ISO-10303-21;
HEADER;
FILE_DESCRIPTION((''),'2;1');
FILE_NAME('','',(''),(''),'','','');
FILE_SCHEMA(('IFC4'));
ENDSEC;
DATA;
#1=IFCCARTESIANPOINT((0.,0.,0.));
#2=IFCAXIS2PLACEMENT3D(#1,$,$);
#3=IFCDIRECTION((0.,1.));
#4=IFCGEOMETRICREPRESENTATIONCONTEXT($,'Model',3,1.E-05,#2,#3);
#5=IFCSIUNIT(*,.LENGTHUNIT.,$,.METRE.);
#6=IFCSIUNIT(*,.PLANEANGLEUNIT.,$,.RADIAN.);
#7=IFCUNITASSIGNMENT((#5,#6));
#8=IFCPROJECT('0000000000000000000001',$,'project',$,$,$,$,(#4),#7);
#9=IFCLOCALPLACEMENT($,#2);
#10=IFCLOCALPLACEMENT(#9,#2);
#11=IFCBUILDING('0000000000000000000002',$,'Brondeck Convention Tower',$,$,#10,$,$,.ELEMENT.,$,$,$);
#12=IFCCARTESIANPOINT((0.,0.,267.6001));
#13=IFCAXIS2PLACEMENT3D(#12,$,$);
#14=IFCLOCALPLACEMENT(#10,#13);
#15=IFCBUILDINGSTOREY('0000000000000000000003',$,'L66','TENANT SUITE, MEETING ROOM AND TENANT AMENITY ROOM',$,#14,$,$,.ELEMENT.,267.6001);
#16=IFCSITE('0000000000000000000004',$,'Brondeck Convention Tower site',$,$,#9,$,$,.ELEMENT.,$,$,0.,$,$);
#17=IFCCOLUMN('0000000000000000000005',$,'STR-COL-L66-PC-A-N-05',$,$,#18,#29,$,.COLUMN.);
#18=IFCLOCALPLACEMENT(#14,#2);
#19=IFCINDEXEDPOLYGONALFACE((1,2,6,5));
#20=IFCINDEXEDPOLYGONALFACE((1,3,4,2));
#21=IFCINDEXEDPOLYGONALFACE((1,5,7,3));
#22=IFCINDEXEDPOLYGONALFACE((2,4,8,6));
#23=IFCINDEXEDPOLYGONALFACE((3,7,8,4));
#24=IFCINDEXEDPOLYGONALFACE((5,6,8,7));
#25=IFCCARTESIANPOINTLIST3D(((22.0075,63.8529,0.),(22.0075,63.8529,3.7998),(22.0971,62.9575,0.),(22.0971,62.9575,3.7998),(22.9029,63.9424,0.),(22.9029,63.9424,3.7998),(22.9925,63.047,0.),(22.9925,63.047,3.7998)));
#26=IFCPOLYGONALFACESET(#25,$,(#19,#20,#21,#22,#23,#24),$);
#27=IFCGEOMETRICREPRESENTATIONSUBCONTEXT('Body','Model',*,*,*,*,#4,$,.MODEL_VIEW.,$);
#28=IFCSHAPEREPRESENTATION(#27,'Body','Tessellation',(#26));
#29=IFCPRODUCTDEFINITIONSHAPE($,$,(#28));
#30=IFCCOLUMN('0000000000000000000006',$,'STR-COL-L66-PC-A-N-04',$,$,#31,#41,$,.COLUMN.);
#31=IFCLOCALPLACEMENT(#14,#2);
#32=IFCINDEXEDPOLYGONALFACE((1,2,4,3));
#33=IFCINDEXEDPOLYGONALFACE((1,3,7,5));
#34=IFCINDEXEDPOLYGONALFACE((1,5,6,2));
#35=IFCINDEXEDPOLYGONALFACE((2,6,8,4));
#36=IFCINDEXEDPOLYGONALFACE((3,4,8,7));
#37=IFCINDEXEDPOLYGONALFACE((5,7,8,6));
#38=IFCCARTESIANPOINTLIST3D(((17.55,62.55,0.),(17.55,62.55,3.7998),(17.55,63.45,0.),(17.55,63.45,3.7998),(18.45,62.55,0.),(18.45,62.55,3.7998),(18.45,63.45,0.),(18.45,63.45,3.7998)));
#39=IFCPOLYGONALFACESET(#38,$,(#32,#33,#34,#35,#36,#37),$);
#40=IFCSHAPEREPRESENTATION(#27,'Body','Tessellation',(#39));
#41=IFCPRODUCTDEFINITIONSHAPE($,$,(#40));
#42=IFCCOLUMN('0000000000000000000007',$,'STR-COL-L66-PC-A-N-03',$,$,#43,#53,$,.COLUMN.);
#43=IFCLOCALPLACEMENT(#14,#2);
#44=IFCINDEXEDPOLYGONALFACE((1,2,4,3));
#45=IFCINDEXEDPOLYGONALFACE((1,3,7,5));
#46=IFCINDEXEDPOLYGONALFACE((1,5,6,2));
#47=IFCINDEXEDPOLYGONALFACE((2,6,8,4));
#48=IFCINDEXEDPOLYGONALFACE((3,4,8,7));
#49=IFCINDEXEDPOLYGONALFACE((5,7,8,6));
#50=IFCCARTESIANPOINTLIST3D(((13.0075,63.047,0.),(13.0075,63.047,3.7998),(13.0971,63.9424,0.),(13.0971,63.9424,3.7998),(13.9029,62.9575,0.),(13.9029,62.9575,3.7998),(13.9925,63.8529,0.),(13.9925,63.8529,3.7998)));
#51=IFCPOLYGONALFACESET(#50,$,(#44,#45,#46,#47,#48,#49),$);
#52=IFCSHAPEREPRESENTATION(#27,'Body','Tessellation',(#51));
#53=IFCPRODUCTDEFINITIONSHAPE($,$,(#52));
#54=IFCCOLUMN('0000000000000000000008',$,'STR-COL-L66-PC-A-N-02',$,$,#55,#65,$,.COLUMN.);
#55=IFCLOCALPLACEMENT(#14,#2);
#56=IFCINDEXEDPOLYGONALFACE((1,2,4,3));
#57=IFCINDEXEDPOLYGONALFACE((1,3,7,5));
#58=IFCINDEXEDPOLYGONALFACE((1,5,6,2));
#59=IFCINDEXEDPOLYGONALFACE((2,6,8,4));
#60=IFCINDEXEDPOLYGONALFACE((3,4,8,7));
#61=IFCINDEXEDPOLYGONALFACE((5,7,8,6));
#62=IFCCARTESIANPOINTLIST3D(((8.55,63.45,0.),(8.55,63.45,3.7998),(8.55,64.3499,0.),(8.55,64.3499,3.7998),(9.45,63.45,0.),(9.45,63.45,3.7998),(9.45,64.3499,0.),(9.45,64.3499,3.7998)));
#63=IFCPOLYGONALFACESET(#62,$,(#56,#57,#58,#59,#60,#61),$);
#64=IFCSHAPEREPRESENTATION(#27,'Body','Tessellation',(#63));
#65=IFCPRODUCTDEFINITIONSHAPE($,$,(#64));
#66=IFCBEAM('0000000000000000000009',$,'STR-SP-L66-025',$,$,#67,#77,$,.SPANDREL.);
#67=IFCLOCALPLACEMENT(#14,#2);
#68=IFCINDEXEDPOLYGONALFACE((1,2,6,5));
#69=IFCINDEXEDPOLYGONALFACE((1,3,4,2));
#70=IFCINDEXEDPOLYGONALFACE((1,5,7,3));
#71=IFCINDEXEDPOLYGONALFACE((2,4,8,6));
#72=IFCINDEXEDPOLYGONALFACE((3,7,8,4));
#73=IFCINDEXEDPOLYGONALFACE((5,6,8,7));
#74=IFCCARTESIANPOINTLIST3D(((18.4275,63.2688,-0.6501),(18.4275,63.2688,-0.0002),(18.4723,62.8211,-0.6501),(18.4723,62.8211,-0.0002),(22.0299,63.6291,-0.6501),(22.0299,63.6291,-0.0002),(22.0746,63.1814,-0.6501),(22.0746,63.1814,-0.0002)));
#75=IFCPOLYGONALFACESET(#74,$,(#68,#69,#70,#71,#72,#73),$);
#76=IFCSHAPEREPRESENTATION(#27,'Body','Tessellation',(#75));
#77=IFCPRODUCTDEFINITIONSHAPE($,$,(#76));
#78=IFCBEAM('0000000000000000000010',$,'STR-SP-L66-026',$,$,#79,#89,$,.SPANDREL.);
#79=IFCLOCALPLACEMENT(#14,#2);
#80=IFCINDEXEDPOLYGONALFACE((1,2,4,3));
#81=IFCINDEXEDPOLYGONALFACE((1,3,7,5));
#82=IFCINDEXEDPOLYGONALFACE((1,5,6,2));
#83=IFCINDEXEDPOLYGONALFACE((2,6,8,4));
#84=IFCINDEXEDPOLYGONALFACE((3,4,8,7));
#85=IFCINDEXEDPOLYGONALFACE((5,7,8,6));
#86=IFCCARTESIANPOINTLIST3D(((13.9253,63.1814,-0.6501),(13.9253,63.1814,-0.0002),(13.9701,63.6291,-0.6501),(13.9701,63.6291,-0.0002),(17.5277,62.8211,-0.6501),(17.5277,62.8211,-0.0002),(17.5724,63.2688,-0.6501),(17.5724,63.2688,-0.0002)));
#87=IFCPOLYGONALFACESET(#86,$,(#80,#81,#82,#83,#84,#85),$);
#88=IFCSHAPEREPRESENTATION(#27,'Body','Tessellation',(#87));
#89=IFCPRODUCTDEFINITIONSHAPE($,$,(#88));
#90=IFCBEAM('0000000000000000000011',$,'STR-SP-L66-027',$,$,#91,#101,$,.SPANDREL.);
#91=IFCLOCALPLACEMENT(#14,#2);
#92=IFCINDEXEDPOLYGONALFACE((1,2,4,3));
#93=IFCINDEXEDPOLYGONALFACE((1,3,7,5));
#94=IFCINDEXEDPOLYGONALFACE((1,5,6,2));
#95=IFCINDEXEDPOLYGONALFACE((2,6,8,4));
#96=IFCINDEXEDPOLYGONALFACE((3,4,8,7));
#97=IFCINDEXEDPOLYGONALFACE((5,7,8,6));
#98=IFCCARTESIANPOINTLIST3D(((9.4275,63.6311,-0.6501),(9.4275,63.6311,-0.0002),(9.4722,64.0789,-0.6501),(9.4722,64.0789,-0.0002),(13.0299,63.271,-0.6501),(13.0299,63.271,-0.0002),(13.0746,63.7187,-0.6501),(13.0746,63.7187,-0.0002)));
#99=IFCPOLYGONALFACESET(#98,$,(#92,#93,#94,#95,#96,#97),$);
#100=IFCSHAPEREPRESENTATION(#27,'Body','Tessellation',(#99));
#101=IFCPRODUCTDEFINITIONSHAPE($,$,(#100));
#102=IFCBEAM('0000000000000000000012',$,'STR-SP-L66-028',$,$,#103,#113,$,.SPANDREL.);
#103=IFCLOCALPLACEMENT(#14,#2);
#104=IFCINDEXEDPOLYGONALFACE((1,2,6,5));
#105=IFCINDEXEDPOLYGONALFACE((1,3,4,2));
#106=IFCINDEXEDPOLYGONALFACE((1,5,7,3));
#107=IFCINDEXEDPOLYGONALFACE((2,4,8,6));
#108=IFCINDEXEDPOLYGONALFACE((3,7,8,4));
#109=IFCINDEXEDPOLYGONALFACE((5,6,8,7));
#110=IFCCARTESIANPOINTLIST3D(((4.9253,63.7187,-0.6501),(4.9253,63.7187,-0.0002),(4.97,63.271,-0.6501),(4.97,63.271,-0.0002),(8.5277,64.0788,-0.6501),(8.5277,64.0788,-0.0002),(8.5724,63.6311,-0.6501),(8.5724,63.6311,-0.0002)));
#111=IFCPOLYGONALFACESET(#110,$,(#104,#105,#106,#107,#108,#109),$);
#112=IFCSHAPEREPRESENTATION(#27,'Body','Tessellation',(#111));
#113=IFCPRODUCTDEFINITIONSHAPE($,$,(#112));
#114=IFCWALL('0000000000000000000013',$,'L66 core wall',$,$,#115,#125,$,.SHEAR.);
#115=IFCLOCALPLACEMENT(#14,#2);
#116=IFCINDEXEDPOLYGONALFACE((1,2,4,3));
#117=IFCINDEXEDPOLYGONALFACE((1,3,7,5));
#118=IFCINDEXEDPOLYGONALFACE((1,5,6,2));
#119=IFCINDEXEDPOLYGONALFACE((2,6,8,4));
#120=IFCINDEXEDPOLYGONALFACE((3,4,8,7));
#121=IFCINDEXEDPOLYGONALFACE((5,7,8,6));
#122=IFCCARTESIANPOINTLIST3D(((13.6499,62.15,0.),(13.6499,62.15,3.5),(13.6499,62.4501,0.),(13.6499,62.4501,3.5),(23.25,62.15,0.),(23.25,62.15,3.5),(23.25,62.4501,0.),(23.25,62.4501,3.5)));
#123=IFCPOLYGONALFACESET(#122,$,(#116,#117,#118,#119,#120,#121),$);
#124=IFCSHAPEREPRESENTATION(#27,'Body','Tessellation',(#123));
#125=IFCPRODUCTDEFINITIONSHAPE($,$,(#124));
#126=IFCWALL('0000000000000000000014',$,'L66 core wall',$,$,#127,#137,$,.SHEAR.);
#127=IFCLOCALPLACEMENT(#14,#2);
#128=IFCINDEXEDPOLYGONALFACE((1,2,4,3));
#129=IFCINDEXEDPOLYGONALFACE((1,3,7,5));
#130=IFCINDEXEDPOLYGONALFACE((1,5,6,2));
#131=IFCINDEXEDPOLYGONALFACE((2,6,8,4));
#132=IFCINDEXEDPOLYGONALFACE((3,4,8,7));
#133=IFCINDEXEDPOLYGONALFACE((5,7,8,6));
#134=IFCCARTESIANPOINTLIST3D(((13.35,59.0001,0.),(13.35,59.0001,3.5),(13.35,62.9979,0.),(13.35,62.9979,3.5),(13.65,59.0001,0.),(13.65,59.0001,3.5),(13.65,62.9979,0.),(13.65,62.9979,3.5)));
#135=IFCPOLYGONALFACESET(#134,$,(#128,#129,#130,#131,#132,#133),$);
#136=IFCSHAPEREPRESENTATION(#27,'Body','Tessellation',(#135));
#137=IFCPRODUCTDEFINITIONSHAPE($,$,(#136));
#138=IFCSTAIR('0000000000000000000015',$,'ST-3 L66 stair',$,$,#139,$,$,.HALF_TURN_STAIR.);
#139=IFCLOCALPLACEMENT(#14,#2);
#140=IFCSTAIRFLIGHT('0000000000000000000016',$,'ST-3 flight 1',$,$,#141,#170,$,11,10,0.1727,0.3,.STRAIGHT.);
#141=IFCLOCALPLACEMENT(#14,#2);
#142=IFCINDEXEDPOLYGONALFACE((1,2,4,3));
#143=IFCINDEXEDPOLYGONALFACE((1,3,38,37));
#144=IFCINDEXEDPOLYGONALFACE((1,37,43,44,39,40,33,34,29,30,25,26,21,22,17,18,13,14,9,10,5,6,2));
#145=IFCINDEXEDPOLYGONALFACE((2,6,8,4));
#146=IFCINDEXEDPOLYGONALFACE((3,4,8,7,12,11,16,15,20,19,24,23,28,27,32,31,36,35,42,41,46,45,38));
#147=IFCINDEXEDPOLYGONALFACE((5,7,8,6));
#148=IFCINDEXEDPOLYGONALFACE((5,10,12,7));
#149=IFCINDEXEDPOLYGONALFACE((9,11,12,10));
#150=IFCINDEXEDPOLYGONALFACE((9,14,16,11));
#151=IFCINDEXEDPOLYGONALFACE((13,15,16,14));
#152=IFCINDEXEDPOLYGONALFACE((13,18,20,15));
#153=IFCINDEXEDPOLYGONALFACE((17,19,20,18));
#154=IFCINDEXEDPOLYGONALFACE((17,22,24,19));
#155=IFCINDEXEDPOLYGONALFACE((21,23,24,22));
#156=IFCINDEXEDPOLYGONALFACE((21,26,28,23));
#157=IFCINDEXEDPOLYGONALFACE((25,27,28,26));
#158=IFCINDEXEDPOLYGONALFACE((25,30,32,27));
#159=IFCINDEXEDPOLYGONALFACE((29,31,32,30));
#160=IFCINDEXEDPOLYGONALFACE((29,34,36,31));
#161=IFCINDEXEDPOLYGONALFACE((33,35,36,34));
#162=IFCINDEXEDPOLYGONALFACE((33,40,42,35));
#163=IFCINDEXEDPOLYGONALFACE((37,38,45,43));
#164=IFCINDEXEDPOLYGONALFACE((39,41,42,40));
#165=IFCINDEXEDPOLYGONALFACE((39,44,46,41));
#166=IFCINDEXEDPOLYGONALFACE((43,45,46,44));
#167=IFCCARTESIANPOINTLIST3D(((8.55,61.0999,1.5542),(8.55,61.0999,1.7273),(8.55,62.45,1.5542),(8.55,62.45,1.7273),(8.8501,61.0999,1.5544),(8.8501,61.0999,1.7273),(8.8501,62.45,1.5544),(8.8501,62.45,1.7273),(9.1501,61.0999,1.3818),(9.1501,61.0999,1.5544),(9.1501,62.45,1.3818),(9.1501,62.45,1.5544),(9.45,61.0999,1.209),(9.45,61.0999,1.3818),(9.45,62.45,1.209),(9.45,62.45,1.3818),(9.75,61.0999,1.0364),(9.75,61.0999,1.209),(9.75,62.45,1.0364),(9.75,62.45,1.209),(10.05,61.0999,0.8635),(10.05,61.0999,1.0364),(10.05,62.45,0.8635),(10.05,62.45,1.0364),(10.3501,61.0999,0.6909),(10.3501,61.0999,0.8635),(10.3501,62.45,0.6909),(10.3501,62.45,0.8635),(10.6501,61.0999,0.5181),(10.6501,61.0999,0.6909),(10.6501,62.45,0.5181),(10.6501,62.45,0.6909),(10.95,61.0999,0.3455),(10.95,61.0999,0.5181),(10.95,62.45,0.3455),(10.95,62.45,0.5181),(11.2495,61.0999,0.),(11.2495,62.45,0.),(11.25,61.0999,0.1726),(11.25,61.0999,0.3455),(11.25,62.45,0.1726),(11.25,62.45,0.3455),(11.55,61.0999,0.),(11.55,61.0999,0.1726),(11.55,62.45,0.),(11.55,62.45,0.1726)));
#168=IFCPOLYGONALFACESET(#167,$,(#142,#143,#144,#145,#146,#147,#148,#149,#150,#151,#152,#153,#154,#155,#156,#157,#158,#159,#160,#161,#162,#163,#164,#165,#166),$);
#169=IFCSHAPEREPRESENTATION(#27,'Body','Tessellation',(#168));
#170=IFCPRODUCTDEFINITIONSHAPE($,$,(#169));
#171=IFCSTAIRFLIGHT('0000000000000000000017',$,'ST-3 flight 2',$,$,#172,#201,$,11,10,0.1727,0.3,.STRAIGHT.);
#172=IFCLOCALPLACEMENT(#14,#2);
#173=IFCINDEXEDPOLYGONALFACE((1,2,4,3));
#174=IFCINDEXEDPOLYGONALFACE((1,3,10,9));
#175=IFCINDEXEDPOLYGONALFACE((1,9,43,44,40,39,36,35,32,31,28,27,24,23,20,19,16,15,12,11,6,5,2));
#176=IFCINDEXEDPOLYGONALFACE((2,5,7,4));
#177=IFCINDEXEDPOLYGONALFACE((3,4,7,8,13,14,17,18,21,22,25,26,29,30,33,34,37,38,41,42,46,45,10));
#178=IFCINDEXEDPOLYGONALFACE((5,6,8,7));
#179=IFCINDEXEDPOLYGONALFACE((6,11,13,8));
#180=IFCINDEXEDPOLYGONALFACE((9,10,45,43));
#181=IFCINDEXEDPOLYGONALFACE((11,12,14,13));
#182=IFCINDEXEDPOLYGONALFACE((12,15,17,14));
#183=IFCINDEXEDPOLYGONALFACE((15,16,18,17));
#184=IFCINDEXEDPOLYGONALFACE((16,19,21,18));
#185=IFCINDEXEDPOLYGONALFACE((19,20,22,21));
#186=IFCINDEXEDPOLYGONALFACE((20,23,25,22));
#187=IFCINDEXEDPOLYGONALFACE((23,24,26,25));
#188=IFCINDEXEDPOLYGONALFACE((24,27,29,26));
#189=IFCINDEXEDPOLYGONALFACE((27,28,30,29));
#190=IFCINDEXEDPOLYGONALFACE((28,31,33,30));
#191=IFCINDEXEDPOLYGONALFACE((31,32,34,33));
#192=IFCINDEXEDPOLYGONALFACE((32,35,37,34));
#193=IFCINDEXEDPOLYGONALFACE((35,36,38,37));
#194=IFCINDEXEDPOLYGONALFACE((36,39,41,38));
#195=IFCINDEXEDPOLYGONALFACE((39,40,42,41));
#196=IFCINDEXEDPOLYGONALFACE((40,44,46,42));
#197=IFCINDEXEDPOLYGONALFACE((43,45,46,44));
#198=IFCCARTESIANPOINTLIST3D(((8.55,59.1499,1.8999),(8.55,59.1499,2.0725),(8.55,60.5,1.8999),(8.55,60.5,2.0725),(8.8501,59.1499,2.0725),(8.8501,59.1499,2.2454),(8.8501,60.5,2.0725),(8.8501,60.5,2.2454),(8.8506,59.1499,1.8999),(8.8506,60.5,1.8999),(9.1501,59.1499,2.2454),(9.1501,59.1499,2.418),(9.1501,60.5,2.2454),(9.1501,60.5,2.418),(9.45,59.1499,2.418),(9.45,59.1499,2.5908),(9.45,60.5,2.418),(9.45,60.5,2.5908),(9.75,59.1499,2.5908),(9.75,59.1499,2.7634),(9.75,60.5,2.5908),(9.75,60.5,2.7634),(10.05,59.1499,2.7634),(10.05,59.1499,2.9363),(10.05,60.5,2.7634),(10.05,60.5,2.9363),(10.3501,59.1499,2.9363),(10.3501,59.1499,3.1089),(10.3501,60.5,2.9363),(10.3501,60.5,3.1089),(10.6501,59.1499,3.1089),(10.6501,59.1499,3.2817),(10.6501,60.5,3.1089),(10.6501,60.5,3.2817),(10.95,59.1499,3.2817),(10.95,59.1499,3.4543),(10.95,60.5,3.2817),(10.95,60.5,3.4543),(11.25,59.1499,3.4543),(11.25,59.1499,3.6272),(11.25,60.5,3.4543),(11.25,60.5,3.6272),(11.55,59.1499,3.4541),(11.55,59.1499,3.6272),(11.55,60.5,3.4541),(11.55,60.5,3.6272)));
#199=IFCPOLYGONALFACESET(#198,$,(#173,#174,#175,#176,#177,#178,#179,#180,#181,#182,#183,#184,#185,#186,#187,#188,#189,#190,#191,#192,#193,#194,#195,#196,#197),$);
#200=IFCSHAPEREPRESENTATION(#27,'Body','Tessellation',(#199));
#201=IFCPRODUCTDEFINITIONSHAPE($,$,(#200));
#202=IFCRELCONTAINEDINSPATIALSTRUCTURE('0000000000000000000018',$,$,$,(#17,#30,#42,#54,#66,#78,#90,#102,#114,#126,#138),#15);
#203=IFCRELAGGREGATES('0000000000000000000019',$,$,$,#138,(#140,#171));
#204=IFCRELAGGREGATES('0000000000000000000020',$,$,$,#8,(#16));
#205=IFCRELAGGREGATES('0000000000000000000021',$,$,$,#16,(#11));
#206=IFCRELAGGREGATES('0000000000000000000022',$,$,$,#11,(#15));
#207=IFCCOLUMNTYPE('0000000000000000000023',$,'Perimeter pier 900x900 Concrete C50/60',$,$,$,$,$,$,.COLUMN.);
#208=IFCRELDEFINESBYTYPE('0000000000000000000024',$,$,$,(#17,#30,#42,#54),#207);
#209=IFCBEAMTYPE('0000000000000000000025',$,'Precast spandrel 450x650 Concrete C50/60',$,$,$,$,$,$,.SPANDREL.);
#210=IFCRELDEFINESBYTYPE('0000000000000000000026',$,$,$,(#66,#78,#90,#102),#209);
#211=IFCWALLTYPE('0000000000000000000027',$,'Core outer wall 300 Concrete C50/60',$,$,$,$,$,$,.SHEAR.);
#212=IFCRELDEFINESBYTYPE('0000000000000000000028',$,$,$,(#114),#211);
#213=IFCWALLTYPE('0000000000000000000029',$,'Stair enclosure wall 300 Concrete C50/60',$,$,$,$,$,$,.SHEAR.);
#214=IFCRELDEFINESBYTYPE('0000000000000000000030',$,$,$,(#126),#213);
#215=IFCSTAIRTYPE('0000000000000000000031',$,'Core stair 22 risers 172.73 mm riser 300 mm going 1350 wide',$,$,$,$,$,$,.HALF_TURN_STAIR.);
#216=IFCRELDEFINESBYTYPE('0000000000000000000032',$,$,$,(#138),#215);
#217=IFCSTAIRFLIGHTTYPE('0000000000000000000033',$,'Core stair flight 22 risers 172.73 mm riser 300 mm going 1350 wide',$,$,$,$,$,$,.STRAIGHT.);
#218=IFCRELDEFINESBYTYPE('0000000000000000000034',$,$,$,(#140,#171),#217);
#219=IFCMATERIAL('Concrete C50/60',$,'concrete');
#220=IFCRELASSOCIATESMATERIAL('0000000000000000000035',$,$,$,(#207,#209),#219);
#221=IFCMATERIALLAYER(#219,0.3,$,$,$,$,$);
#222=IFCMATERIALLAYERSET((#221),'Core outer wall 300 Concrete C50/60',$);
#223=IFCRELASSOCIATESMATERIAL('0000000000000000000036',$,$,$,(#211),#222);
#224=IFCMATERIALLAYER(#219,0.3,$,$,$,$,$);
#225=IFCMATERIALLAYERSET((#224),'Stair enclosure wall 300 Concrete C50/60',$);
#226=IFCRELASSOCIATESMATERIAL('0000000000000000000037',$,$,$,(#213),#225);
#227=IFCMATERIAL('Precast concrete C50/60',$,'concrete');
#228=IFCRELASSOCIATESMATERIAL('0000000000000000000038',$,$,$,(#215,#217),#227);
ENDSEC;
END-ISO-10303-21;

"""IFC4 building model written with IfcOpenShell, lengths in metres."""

from ifc_helpers import new_model, si_unit, direction, frame, frame_2d, origin, origin_2d, place, context, subcontext, project, spatial, polyline, rectangle, outline, extrude, material, layer, layer_set, material_profile, profile_set, type_object, element, aggregate, save


model = new_model("IFC4")

# Units and contexts
model_context = context("Model", 3, precision=1e-05, world=origin(), true_north=direction((0.0, 1.0)))
body_context = subcontext(model_context, "Body", "Model", "MODEL_VIEW")
ifc_project = project(units=[si_unit("LENGTHUNIT", "METRE"), si_unit("PLANEANGLEUNIT", "RADIAN")], contexts=[model_context])

# Site, building, storey
site_placement = place(None, origin())
site = spatial("IfcSite", under=ifc_project, at=site_placement, Name="Brondeck Convention Tower site", CompositionType="ELEMENT", RefElevation=0.0)
building_placement = place(site_placement, origin())
building = spatial("IfcBuilding", under=site, at=building_placement, Name="Brondeck Convention Tower", CompositionType="ELEMENT")
storey_placement = place(building_placement, frame((0.0, 0.0, 267.6001)))
storey = spatial("IfcBuildingStorey", under=building, at=storey_placement, Name="L66", Description="TENANT SUITE, MEETING ROOM AND TENANT AMENITY ROOM", CompositionType="ELEMENT", Elevation=267.6001)

# Columns
ifc_material_1 = material(Name="Concrete C50/60", Category="concrete")
ifc_material_profile_1 = material_profile(ifc_material_1, rectangle(XDim=0.8999, YDim=0.8999, at=origin_2d()), Name="Perimeter pier 900x900 Concrete C50/60")
ifc_profile_set_1 = profile_set([ifc_material_profile_1], Name="Concrete C50/60")
column_type = type_object("IfcColumnType", Name="Perimeter pier 900x900 Concrete C50/60", PredefinedType="COLUMN", material=ifc_profile_set_1)
for number, where, z_axis, x_axis, name in (
    (1, (22.5, 63.45, 0.0), (0.0, 0.0, 1.0), (-0.995037, -0.099504, 0.0), "STR-COL-L66-PC-A-N-05"),
    (2, (18.0, 63.0, 0.0), (0.0, 0.0, 1.0), (-1.0, 0.0, 0.0), "STR-COL-L66-PC-A-N-04"),
    (3, (13.5, 63.45, 0.0), (0.0, 0.0, 1.0), (-0.995037, 0.099504, 0.0), "STR-COL-L66-PC-A-N-03"),
    (4, (9.0, 63.8999, 0.0), (0.0, 0.0, 1.0), (-1.0, 0.0, 0.0), "STR-COL-L66-PC-A-N-02"),
):
    element("IfcColumn", number, at=place(storey_placement, frame(where, z_axis=z_axis, x_axis=x_axis)), inside=storey, type_object=column_type, Name=name, PredefinedType="COLUMN", context=body_context, shape_type="SweptSolid", body=[
        extrude(rectangle(XDim=0.8999, YDim=0.8999, at=origin_2d()), origin(), (0.0, 0.0, 1.0), 3.7998),
    ])

# Beams
ifc_material_profile_2 = material_profile(ifc_material_1, rectangle(XDim=0.45, YDim=0.6499, at=origin_2d()), Name="Precast spandrel 450x650 Concrete C50/60")
ifc_profile_set_2 = profile_set([ifc_material_profile_2], Name="Concrete C50/60")
beam_type = type_object("IfcBeamType", Name="Precast spandrel 450x650 Concrete C50/60", PredefinedType="SPANDREL", material=ifc_profile_set_2)
for number, where, z_axis, x_axis, name in (
    (5, (22.0522, 63.4053, -0.3252), (-0.995034, -0.099537, 0.0), (0.099537, -0.995034, 0.0), "STR-SP-L66-025"),
    (6, (17.55, 63.0449, -0.3252), (-0.995034, 0.099537, 0.0), (-0.099537, -0.995034, 0.0), "STR-SP-L66-026"),
    (7, (13.0522, 63.4949, -0.3252), (-0.995041, 0.09947, 0.0), (-0.09947, -0.995041, 0.0), "STR-SP-L66-027"),
    (8, (8.55, 63.855, -0.3252), (-0.995041, -0.09947, 0.0), (0.09947, -0.995041, 0.0), "STR-SP-L66-028"),
):
    element("IfcBeam", number, at=place(storey_placement, frame(where, z_axis=z_axis, x_axis=x_axis)), inside=storey, type_object=beam_type, Name=name, PredefinedType="SPANDREL", context=body_context, shape_type="SweptSolid", body=[
        extrude(rectangle(XDim=0.45, YDim=0.6499, at=origin_2d()), origin(), (0.0, 0.0, 1.0), 3.6204),
    ])

# Walls
ifc_layer_1 = layer(ifc_material_1, 0.3)
ifc_layer_set_1 = layer_set([ifc_layer_1], Name="Core outer wall 300 Concrete C50/60")
wall_type_1 = type_object("IfcWallType", Name="Core outer wall 300 Concrete C50/60", PredefinedType="SHEAR", material=ifc_layer_set_1)
wall_1_placement = place(storey_placement, frame((13.6499, 62.3, 0.0), z_axis=(0.0, 0.0, 1.0), x_axis=(1.0, 0.0, 0.0)))
element("IfcWall", 9, at=wall_1_placement, inside=storey, type_object=wall_type_1, Name="L66 core wall", PredefinedType="SHEAR", context=body_context, shape_type="SweptSolid", body=[
    extrude(rectangle(XDim=9.6001, YDim=0.3, at=frame_2d((4.8, 0.0))), origin(), (0.0, 0.0, 1.0), 3.5),
])
ifc_layer_2 = layer(ifc_material_1, 0.3)
ifc_layer_set_2 = layer_set([ifc_layer_2], Name="Stair enclosure wall 300 Concrete C50/60")
wall_type_2 = type_object("IfcWallType", Name="Stair enclosure wall 300 Concrete C50/60", PredefinedType="SHEAR", material=ifc_layer_set_2)
wall_2_placement = place(storey_placement, frame((13.5, 59.0, 0.0), z_axis=(0.0, 0.0, 1.0), x_axis=(0.0, 1.0, 0.0)))
element("IfcWall", 10, at=wall_2_placement, inside=storey, type_object=wall_type_2, Name="L66 core wall", PredefinedType="SHEAR", context=body_context, shape_type="SweptSolid", body=[
    extrude(rectangle(XDim=3.9978, YDim=0.3, at=frame_2d((1.999, 0.0))), origin(), (0.0, 0.0, 1.0), 3.5),
])

# Stair, stair flights
ifc_material_2 = material(Name="Precast concrete C50/60", Category="concrete")
stair_type = type_object("IfcStairType", Name="Core stair 22 risers 172.73 mm riser 300 mm going 1350 wide", PredefinedType="HALF_TURN_STAIR", material=ifc_material_2)
stair_placement = place(storey_placement, origin())
stair = element("IfcStair", 11, at=stair_placement, inside=storey, type_object=stair_type, Name="ST-3 L66 stair", PredefinedType="HALF_TURN_STAIR")
stair_flight_type = type_object("IfcStairFlightType", Name="Core stair flight 22 risers 172.73 mm riser 300 mm going 1350 wide", PredefinedType="STRAIGHT", material=ifc_material_2)
stair_flight_1_placement = place(storey_placement, frame((11.55, 61.7749, 0.0), z_axis=(0.0, 0.0, 1.0), x_axis=(-1.0, 0.0, 0.0)))
stair_flight_1 = element("IfcStairFlight", 12, at=stair_flight_1_placement, type_object=stair_flight_type, Name="ST-3 flight 1", NumberOfRisers=11, NumberOfTreads=10, PredefinedType="STRAIGHT", RiserHeight=0.1727, TreadLength=0.3, context=body_context, shape_type="SweptSolid", body=[
    extrude(outline(polyline([(0.0, 0.0), (0.0, 0.1726), (0.3, 0.1726), (0.3, 0.3455), (0.6001, 0.3455), (0.6001, 0.5181), (0.8999, 0.5181), (0.8999, 0.6909), (1.2, 0.6909), (1.2, 0.8635), (1.5, 0.8635), (1.5, 1.0364), (1.8, 1.0364), (1.8, 1.209), (2.1001, 1.209), (2.1001, 1.3818), (2.3999, 1.3818), (2.3999, 1.5544), (2.7, 1.5544), (2.7, 1.7273), (3.0, 1.7273), (3.0, 1.8999), (3.0, 1.5542), (0.3005, 0.0), (0.0, 0.0)])), frame((0.0, 0.675, 0.0), z_axis=(0.0, -1.0, 0.0), x_axis=(1.0, 0.0, 0.0)), (0.0, 0.0, 1.0), 1.3501),
])
stair_flight_2_placement = place(storey_placement, frame((8.55, 59.825, 1.8999), z_axis=(0.0, 0.0, 1.0), x_axis=(1.0, 0.0, 0.0)))
stair_flight_2 = element("IfcStairFlight", 13, at=stair_flight_2_placement, type_object=stair_flight_type, Name="ST-3 flight 2", NumberOfRisers=11, NumberOfTreads=10, PredefinedType="STRAIGHT", RiserHeight=0.1727, TreadLength=0.3, context=body_context, shape_type="SweptSolid", body=[
    extrude(outline(polyline([(0.0, 0.0), (0.0, 0.1726), (0.3, 0.1726), (0.3, 0.3455), (0.6001, 0.3455), (0.6001, 0.5181), (0.8999, 0.5181), (0.8999, 0.6909), (1.2, 0.6909), (1.2, 0.8635), (1.5, 0.8635), (1.5, 1.0364), (1.8, 1.0364), (1.8, 1.209), (2.1001, 1.209), (2.1001, 1.3818), (2.3999, 1.3818), (2.3999, 1.5544), (2.7, 1.5544), (2.7, 1.7273), (3.0, 1.7273), (3.0, 1.8999), (3.0, 1.5542), (0.3005, 0.0), (0.0, 0.0)])), frame((0.0, 0.675, 0.0), z_axis=(0.0, -1.0, 0.0), x_axis=(1.0, 0.0, 0.0)), (0.0, 0.0, 1.0), 1.3501),
])
aggregate(stair, [stair_flight_1, stair_flight_2])

save(model, "model.ifc")
